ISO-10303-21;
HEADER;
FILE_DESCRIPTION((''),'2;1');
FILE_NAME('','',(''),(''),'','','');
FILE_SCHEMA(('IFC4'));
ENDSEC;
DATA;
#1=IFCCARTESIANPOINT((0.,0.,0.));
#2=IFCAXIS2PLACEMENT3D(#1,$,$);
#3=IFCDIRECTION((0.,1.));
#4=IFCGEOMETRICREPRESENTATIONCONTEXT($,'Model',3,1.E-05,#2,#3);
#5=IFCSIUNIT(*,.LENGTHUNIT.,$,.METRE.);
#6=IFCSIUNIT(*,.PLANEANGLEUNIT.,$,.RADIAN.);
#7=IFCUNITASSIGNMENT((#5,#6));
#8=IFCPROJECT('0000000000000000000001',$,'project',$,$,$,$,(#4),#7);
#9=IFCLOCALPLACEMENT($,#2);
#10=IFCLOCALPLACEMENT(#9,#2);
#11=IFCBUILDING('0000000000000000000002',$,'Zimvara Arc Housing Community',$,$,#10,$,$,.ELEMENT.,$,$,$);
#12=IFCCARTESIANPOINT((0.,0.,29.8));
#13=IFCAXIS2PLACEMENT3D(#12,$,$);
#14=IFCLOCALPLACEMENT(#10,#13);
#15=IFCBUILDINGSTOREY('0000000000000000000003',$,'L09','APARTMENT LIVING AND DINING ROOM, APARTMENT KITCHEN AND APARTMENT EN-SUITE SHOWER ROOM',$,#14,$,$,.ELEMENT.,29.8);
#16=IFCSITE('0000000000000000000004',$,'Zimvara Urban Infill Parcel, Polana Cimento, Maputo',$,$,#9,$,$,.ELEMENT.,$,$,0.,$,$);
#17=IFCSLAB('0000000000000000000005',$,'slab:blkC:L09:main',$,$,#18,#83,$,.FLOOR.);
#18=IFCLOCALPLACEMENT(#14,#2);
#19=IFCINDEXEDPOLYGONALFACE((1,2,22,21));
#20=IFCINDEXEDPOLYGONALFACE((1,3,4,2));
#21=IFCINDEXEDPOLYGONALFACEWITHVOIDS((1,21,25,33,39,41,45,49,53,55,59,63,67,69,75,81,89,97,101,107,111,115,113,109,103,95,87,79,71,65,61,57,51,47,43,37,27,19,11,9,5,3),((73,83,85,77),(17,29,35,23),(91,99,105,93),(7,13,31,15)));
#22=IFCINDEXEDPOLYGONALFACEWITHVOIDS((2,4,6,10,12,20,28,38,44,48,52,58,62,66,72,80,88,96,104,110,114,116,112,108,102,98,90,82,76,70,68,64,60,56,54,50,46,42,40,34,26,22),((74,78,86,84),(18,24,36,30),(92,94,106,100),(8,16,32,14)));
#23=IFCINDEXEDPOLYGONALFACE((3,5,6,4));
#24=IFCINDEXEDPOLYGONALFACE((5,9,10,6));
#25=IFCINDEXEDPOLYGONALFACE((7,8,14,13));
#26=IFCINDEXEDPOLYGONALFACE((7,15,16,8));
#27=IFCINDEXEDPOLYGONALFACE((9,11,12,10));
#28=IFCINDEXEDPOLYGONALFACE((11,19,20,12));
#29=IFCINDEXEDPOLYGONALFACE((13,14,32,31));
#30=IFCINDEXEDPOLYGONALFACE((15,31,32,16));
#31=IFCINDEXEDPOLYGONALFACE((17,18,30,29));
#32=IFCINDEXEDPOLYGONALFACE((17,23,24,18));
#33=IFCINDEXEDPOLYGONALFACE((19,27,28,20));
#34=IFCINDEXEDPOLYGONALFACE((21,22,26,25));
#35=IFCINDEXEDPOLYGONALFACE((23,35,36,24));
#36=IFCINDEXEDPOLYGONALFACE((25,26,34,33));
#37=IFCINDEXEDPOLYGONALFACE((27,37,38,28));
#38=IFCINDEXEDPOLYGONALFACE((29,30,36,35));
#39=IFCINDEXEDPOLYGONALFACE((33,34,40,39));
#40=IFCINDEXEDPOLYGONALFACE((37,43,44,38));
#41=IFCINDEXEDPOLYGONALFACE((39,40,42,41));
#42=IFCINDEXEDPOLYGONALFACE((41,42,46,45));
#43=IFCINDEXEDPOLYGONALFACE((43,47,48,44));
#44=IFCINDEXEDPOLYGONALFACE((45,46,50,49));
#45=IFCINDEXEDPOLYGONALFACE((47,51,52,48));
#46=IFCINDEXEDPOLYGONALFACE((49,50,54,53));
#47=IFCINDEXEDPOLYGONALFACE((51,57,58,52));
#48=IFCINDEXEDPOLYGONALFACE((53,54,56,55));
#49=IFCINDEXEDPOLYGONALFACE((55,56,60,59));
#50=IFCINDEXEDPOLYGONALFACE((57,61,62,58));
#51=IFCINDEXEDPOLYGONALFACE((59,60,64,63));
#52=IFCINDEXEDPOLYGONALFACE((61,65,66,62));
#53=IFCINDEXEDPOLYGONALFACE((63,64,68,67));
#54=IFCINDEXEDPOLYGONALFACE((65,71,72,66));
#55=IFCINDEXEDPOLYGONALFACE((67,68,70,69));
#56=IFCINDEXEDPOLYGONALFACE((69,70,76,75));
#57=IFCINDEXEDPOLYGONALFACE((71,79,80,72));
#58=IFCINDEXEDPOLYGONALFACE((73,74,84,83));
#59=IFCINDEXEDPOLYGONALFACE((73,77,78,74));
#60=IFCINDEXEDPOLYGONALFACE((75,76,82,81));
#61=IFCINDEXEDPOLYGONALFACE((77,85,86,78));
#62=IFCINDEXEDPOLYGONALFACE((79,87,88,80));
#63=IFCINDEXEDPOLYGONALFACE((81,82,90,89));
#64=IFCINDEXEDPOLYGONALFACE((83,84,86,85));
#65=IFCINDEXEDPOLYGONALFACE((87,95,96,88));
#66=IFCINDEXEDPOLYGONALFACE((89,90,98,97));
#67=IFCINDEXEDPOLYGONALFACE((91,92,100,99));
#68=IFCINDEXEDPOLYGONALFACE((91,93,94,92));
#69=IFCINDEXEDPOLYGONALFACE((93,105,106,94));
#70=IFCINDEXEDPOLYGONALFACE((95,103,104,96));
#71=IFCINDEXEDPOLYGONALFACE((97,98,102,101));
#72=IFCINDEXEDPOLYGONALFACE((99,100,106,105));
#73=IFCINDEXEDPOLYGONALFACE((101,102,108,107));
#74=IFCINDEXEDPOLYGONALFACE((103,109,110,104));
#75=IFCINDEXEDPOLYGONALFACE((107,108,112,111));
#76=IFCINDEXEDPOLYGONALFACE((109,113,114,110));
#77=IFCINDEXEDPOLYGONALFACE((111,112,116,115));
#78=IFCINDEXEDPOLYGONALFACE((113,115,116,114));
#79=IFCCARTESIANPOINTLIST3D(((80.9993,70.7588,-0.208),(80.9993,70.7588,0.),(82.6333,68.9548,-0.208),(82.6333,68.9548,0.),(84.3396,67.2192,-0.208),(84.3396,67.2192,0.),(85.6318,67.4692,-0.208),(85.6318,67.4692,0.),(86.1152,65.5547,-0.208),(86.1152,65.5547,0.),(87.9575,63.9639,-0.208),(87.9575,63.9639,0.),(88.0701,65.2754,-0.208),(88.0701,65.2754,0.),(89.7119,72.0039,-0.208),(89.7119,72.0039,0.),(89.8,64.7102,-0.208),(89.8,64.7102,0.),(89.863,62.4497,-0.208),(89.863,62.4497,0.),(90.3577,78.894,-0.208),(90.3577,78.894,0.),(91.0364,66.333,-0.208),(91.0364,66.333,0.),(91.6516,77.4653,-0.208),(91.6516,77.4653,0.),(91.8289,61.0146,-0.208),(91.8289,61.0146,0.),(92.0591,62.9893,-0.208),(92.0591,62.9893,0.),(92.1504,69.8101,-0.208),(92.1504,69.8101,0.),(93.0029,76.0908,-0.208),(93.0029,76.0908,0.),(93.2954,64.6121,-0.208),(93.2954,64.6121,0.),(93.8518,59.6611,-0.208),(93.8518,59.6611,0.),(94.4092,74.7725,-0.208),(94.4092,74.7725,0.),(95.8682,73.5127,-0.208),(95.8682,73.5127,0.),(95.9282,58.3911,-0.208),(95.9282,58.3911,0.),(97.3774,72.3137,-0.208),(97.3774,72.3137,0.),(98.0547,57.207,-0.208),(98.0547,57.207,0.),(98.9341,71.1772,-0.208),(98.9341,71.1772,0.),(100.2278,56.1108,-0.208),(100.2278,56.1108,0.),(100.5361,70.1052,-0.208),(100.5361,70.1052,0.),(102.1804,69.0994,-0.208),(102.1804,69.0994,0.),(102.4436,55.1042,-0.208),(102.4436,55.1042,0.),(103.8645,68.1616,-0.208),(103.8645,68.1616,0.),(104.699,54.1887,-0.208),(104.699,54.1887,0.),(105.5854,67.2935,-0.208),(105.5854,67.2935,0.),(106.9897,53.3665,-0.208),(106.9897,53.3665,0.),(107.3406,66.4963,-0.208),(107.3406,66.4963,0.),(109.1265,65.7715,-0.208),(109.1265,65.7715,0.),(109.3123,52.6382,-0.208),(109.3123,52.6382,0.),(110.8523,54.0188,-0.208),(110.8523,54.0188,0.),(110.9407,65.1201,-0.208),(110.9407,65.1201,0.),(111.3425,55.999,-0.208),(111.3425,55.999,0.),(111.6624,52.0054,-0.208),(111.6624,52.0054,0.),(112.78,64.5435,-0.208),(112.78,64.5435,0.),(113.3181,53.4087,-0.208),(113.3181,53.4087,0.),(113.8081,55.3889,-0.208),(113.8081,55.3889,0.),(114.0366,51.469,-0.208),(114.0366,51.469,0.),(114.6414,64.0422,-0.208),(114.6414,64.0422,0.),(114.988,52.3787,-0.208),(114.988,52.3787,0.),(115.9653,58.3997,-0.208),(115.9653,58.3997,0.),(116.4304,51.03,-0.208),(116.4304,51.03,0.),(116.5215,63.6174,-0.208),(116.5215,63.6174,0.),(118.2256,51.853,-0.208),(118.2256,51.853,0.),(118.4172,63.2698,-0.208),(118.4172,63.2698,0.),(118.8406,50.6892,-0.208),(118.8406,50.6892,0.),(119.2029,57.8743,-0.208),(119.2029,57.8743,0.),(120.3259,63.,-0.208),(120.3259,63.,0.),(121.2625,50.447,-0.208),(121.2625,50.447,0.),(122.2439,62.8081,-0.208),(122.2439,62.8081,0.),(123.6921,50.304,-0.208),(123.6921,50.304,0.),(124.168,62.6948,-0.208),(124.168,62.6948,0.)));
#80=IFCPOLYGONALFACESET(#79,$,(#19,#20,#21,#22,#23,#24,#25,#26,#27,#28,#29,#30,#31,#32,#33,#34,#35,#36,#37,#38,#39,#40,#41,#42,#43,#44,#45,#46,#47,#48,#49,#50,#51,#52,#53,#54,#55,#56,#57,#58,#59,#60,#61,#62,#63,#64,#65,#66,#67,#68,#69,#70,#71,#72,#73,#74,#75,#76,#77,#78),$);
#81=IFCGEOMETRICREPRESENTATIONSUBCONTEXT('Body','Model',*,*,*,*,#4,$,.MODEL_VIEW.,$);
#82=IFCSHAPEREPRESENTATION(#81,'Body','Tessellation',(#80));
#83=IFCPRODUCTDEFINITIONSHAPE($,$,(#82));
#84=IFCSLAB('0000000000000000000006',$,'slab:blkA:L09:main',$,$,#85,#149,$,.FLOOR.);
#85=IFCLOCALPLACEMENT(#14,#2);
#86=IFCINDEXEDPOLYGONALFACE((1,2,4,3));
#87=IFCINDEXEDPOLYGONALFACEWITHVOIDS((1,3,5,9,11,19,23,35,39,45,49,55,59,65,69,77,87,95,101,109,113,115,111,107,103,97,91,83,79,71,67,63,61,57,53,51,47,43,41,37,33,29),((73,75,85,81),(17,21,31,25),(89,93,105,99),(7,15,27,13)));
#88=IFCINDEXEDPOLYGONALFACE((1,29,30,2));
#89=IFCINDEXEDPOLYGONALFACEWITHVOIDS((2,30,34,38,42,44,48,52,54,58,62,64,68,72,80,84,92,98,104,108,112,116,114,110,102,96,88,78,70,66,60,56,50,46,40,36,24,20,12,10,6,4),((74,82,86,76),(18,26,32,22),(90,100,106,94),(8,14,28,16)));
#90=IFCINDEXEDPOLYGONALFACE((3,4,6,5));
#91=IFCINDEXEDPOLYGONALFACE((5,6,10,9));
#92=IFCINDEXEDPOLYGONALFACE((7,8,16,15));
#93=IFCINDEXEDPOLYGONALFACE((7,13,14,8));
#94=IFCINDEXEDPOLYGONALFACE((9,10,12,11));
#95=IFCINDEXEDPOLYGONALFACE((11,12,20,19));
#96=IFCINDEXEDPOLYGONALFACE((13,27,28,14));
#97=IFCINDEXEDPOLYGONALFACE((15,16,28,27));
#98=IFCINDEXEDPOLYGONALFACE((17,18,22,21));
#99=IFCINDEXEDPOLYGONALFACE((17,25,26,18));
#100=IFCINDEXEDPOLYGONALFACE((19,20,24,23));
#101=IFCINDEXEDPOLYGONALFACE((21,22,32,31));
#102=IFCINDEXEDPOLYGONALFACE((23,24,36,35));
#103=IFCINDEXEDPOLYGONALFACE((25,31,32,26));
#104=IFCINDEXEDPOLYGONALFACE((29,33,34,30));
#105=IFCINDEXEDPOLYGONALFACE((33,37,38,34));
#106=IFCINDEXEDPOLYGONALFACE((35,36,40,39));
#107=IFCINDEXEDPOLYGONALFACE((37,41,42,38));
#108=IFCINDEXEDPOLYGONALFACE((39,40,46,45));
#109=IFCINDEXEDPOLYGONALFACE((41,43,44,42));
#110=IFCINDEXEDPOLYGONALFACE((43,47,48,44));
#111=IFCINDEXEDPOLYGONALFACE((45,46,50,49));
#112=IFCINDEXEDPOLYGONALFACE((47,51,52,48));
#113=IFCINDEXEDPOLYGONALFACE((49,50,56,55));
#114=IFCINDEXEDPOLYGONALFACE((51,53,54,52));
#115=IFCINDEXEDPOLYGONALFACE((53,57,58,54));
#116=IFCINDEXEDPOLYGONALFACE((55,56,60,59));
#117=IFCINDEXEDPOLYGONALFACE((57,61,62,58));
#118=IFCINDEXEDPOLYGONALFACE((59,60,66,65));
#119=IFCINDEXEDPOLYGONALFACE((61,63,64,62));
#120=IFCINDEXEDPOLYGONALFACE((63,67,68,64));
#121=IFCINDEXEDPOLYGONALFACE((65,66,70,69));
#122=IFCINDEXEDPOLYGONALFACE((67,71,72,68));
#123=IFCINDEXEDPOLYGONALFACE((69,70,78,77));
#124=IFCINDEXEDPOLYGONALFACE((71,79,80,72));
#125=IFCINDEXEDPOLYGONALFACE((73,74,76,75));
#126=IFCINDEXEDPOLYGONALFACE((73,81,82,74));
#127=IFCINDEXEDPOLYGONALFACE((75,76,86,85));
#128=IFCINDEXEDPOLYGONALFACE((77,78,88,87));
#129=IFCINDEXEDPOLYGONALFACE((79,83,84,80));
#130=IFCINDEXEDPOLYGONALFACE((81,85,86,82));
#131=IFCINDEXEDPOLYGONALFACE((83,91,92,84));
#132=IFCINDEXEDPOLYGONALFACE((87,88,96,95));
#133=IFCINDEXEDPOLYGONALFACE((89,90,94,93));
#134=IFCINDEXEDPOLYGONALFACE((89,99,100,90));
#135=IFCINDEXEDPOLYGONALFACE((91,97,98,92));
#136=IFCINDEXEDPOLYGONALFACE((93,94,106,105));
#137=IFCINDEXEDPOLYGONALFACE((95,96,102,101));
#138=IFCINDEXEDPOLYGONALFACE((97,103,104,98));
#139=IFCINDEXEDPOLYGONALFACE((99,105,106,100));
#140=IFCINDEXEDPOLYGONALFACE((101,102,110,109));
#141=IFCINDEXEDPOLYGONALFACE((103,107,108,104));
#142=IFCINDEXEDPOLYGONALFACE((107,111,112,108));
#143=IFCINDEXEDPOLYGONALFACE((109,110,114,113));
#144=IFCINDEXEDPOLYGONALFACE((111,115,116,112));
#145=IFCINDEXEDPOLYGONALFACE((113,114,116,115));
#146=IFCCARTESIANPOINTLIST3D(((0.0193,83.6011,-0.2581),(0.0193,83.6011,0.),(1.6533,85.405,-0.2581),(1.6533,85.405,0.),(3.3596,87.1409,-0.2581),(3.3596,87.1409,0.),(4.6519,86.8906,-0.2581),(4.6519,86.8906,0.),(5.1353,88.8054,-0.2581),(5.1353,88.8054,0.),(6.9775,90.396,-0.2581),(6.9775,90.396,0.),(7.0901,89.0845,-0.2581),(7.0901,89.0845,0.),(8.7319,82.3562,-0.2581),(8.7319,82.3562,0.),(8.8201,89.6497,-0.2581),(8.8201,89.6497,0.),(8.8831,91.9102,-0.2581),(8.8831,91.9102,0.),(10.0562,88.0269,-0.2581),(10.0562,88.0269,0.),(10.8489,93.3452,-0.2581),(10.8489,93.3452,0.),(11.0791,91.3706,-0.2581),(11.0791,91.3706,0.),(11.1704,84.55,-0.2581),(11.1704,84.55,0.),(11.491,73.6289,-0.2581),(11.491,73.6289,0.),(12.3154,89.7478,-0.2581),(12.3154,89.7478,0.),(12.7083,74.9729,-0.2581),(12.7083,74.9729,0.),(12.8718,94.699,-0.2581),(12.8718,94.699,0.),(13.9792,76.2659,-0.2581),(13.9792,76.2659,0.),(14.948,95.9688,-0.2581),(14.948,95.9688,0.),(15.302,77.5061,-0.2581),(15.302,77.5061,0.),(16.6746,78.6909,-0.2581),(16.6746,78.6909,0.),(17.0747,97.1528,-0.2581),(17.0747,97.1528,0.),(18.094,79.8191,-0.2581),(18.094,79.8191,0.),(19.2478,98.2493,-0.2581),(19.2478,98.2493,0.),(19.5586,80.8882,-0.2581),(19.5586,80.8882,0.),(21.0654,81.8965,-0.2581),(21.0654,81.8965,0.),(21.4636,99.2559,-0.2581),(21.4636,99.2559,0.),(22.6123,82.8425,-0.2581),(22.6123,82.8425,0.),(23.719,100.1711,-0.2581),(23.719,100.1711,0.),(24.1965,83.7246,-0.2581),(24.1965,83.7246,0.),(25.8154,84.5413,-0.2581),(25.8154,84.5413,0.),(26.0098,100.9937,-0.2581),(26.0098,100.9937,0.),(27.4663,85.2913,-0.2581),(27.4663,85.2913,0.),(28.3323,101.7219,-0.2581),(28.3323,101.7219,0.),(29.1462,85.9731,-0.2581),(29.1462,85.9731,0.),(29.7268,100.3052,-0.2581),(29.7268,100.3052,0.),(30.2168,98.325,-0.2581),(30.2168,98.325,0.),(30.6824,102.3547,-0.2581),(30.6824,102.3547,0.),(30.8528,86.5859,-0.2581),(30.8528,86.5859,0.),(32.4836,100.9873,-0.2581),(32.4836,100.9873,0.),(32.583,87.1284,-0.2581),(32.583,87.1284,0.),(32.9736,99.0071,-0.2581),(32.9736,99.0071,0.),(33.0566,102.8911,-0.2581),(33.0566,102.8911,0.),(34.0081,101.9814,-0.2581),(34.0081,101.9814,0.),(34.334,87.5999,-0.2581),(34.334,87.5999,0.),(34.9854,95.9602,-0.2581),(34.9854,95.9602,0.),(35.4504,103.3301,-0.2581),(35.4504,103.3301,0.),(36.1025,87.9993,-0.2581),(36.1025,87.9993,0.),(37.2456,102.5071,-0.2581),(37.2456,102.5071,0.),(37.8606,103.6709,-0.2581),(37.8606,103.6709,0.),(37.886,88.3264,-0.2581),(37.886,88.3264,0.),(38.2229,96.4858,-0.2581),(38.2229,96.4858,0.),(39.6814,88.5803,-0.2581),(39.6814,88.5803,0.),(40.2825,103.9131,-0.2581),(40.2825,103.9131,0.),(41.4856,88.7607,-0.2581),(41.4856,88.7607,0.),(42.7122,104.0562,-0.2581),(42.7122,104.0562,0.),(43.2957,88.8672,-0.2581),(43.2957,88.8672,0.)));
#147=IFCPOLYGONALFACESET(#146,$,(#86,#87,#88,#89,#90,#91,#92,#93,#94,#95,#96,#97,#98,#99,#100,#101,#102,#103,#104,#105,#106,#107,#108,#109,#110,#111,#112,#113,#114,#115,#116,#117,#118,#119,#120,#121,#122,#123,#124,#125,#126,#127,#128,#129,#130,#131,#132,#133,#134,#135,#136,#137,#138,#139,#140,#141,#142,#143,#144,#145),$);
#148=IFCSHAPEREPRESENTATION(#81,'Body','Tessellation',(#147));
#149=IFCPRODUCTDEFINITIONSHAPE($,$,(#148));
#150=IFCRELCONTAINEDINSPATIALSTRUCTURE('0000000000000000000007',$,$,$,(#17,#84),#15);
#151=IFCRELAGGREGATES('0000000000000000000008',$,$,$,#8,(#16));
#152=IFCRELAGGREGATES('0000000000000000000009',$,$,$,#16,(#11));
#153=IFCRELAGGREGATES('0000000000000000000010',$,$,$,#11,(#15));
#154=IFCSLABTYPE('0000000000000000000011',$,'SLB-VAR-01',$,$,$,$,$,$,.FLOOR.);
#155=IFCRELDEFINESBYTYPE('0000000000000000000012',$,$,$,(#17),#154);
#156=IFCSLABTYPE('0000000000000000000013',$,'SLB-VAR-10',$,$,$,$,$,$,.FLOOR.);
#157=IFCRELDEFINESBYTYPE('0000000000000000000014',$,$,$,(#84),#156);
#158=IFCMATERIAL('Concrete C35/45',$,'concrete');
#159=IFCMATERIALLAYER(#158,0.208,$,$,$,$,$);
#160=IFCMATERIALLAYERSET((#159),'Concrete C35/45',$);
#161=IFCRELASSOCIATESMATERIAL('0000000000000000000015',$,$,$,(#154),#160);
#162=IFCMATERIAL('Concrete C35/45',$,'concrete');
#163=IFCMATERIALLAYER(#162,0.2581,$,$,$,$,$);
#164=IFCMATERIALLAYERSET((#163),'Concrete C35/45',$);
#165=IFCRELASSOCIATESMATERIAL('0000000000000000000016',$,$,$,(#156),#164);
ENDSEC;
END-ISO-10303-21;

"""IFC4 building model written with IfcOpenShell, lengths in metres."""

from ifc_helpers import new_model, si_unit, direction, frame, origin, place, context, subcontext, project, spatial, polyline, outline, extrude, material, layer, layer_set, type_object, element, save


model = new_model("IFC4")

# Units and contexts
model_context = context("Model", 3, precision=1e-05, world=origin(), true_north=direction((0.0, 1.0)))
body_context = subcontext(model_context, "Body", "Model", "MODEL_VIEW")
ifc_project = project(units=[si_unit("LENGTHUNIT", "METRE"), si_unit("PLANEANGLEUNIT", "RADIAN")], contexts=[model_context])

# Site, building, storey
site_placement = place(None, origin())
site = spatial("IfcSite", under=ifc_project, at=site_placement, Name="Zimvara Urban Infill Parcel, Polana Cimento, Maputo", CompositionType="ELEMENT", RefElevation=0.0)
building_placement = place(site_placement, origin())
building = spatial("IfcBuilding", under=site, at=building_placement, Name="Zimvara Arc Housing Community", CompositionType="ELEMENT")
storey_placement = place(building_placement, frame((0.0, 0.0, 29.8)))
storey = spatial("IfcBuildingStorey", under=building, at=storey_placement, Name="L09", Description="APARTMENT LIVING AND DINING ROOM, APARTMENT KITCHEN AND APARTMENT EN-SUITE SHOWER ROOM", CompositionType="ELEMENT", Elevation=29.8)

# Slabs
ifc_material_1 = material(Name="Concrete C35/45", Category="concrete")
ifc_layer_1 = layer(ifc_material_1, 0.208)
ifc_layer_set_1 = layer_set([ifc_layer_1], Name="Concrete C35/45")
slab_type_1 = type_object("IfcSlabType", Name="SLB-VAR-01", PredefinedType="FLOOR", material=ifc_layer_set_1)
slab_1_placement = place(storey_placement, frame((0.0, 0.0, -0.208)))
element("IfcSlab", 1, at=slab_1_placement, inside=storey, type_object=slab_type_1, Name="slab:blkC:L09:main", PredefinedType="FLOOR", context=body_context, shape_type="SweptSolid", body=[
    extrude(outline(polyline([(80.9993, 70.7588), (82.6333, 68.9548), (84.3396, 67.2192), (86.1152, 65.5547), (87.9575, 63.9639), (89.863, 62.4497), (91.8289, 61.0146), (93.8518, 59.6611), (95.9282, 58.3911), (98.0547, 57.207), (100.2278, 56.1108), (102.4436, 55.1042), (104.699, 54.1887), (106.9897, 53.3665), (109.3123, 52.6382), (111.6624, 52.0054), (114.0366, 51.469), (116.4304, 51.03), (118.8406, 50.6892), (121.2625, 50.447), (123.6921, 50.304), (124.168, 62.6948), (122.2439, 62.8081), (120.3259, 63.0), (118.4172, 63.2698), (116.5215, 63.6174), (114.6414, 64.0422), (112.78, 64.5435), (110.9407, 65.1201), (109.1265, 65.7715), (107.3406, 66.4963), (105.5854, 67.2935), (103.8645, 68.1616), (102.1804, 69.0994), (100.5361, 70.1052), (98.9341, 71.1772), (97.3774, 72.3137), (95.8682, 73.5127), (94.4092, 74.7725), (93.0029, 76.0908), (91.6516, 77.4653), (90.3577, 78.894), (80.9993, 70.7588)]), holes=[polyline([(92.1504, 69.8101), (88.0701, 65.2754), (85.6318, 67.4692), (89.7119, 72.0039), (92.1504, 69.8101)]), polyline([(119.2029, 57.8743), (118.2256, 51.853), (114.988, 52.3787), (115.9653, 58.3997), (119.2029, 57.8743)]), polyline([(93.2954, 64.6121), (92.0591, 62.9893), (89.8, 64.7102), (91.0364, 66.333), (93.2954, 64.6121)]), polyline([(113.8081, 55.3889), (113.3181, 53.4087), (110.8523, 54.0188), (111.3425, 55.999), (113.8081, 55.3889)])]), origin(), (0.0, 0.0, 1.0), 0.208),
])
ifc_material_2 = material(Name="Concrete C35/45", Category="concrete")
ifc_layer_2 = layer(ifc_material_2, 0.2581)
ifc_layer_set_2 = layer_set([ifc_layer_2], Name="Concrete C35/45")
slab_type_2 = type_object("IfcSlabType", Name="SLB-VAR-10", PredefinedType="FLOOR", material=ifc_layer_set_2)
slab_2_placement = place(storey_placement, frame((0.0, 0.0, -0.2581)))
element("IfcSlab", 2, at=slab_2_placement, inside=storey, type_object=slab_type_2, Name="slab:blkA:L09:main", PredefinedType="FLOOR", context=body_context, shape_type="SweptSolid", body=[
    extrude(outline(polyline([(11.491, 73.6289), (12.7083, 74.9729), (13.9792, 76.2659), (15.302, 77.5061), (16.6746, 78.6909), (18.094, 79.8191), (19.5586, 80.8882), (21.0654, 81.8965), (22.6123, 82.8425), (24.1965, 83.7246), (25.8154, 84.5413), (27.4663, 85.2913), (29.1462, 85.9731), (30.8528, 86.5859), (32.583, 87.1284), (34.334, 87.5999), (36.1025, 87.9993), (37.886, 88.3264), (39.6814, 88.5803), (41.4856, 88.7607), (43.2957, 88.8672), (42.7122, 104.0562), (40.2825, 103.9131), (37.8606, 103.6709), (35.4504, 103.3301), (33.0566, 102.8911), (30.6824, 102.3547), (28.3323, 101.7219), (26.0098, 100.9937), (23.719, 100.1711), (21.4636, 99.2559), (19.2478, 98.2493), (17.0747, 97.1528), (14.948, 95.9688), (12.8718, 94.699), (10.8489, 93.3452), (8.8831, 91.9102), (6.9775, 90.396), (5.1353, 88.8054), (3.3596, 87.1409), (1.6533, 85.405), (0.0193, 83.6011), (11.491, 73.6289)]), holes=[polyline([(8.7319, 82.3562), (4.6519, 86.8906), (7.0901, 89.0845), (11.1704, 84.55), (8.7319, 82.3562)]), polyline([(34.9854, 95.9602), (34.0081, 101.9814), (37.2456, 102.5071), (38.2229, 96.4858), (34.9854, 95.9602)]), polyline([(10.0562, 88.0269), (8.8201, 89.6497), (11.0791, 91.3706), (12.3154, 89.7478), (10.0562, 88.0269)]), polyline([(30.2168, 98.325), (29.7268, 100.3052), (32.4836, 100.9873), (32.9736, 99.0071), (30.2168, 98.325)])]), origin(), (0.0, 0.0, 1.0), 0.2581),
])

save(model, "model.ifc")
